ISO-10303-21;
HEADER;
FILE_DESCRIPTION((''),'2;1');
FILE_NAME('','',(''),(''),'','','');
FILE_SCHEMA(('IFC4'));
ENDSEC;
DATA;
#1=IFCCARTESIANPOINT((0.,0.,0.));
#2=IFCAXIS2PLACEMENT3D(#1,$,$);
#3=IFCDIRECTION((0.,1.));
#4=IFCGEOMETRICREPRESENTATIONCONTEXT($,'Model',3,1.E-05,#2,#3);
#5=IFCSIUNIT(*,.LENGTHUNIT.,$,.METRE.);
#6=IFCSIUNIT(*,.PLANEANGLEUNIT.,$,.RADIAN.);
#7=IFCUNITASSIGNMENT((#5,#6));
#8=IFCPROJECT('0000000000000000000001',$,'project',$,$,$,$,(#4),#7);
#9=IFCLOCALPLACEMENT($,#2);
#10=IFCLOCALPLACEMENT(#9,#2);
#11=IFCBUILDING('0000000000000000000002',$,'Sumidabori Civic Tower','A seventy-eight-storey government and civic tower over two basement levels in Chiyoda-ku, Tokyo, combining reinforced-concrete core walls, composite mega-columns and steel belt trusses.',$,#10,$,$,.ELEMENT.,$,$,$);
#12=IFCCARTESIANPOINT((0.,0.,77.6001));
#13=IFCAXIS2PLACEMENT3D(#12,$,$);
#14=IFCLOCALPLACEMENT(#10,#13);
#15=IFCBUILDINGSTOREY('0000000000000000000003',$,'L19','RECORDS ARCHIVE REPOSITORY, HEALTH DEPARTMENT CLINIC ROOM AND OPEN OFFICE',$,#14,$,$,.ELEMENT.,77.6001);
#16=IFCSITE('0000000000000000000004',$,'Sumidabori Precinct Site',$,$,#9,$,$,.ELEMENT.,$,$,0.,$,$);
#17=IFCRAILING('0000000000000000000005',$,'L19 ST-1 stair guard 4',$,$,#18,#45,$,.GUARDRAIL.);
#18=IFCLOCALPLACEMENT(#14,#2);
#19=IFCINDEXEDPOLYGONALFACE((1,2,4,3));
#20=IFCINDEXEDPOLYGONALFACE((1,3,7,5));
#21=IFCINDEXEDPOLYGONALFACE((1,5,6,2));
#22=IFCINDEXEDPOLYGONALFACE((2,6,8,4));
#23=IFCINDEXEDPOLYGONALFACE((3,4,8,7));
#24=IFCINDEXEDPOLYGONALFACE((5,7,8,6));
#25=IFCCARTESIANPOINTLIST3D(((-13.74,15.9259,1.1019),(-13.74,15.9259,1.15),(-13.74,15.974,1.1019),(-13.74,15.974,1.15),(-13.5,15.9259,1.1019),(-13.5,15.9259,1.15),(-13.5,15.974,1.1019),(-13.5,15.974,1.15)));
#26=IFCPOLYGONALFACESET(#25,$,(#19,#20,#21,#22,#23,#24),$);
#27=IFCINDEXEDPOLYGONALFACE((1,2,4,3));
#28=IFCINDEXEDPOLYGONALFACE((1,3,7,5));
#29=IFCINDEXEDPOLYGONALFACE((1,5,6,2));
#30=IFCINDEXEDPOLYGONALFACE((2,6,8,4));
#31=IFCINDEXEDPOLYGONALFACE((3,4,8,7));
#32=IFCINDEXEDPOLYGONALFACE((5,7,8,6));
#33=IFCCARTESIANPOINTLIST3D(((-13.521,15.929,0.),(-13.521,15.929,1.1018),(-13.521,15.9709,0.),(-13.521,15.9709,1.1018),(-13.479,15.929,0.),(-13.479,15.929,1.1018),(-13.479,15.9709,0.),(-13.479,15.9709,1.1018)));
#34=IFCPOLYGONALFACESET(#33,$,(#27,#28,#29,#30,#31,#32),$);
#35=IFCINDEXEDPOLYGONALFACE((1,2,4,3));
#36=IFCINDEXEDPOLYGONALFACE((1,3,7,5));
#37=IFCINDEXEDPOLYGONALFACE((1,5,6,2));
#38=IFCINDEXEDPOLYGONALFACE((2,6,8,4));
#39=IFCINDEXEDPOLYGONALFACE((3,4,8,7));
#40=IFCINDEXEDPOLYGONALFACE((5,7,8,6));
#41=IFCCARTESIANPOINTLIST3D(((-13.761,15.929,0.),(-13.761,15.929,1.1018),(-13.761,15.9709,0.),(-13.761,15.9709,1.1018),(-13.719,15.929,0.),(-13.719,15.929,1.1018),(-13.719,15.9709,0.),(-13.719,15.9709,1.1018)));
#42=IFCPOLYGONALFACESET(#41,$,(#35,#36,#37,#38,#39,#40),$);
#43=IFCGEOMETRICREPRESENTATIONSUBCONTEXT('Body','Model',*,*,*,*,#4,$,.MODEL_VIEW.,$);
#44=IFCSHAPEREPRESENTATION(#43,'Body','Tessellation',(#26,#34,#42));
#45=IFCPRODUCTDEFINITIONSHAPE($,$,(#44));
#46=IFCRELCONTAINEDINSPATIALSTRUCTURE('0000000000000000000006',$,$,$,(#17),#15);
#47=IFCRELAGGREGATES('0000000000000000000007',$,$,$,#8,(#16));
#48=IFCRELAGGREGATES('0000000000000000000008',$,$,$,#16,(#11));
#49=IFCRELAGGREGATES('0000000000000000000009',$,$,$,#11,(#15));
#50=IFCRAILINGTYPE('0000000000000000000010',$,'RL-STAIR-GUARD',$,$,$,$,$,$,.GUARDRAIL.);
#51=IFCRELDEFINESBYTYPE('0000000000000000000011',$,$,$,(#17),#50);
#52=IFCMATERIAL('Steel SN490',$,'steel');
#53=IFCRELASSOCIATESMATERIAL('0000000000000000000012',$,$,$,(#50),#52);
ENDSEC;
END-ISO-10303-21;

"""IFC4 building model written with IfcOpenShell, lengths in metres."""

from ifc_helpers import new_model, si_unit, direction, frame, origin, origin_2d, place, context, subcontext, project, spatial, rectangle, extrude, material, type_object, element, save


model = new_model("IFC4")

# Units and contexts
model_context = context("Model", 3, precision=1e-05, world=origin(), true_north=direction((0.0, 1.0)))
body_context = subcontext(model_context, "Body", "Model", "MODEL_VIEW")
ifc_project = project(units=[si_unit("LENGTHUNIT", "METRE"), si_unit("PLANEANGLEUNIT", "RADIAN")], contexts=[model_context])

# Site, building, storey
site_placement = place(None, origin())
site = spatial("IfcSite", under=ifc_project, at=site_placement, Name="Sumidabori Precinct Site", CompositionType="ELEMENT", RefElevation=0.0)
building_placement = place(site_placement, origin())
building = spatial("IfcBuilding", under=site, at=building_placement, Name="Sumidabori Civic Tower", Description="A seventy-eight-storey government and civic tower over two basement levels in Chiyoda-ku, Tokyo, combining reinforced-concrete core walls, composite mega-columns and steel belt trusses.", CompositionType="ELEMENT")
storey_placement = place(building_placement, frame((0.0, 0.0, 77.6001)))
storey = spatial("IfcBuildingStorey", under=building, at=storey_placement, Name="L19", Description="RECORDS ARCHIVE REPOSITORY, HEALTH DEPARTMENT CLINIC ROOM AND OPEN OFFICE", CompositionType="ELEMENT", Elevation=77.6001)

# Shared definitions
ifc_material_1 = material(Name="Steel SN490", Category="steel")

# Railing
railing_type = type_object("IfcRailingType", Name="RL-STAIR-GUARD", PredefinedType="GUARDRAIL", material=ifc_material_1)
railing_1_placement = place(storey_placement, frame((-13.5, 15.95, 0.0)))
element("IfcRailing", 1, at=railing_1_placement, inside=storey, type_object=railing_type, Name="L19 ST-1 stair guard 4", PredefinedType="GUARDRAIL", context=body_context, shape_type="SweptSolid", body=[
    extrude(rectangle(XDim=0.0481, YDim=0.0481, at=origin_2d()), frame((0.0, 0.0, 1.126), z_axis=(-1.0, 0.0, 0.0), x_axis=(0.0, -1.0, 0.0)), (0.0, 0.0, 1.0), 0.24),
    extrude(rectangle(XDim=0.042, YDim=0.042, at=origin_2d()), origin(), (0.0, 0.0, 1.0), 1.1018),
    extrude(rectangle(XDim=0.042, YDim=0.042, at=origin_2d()), frame((-0.24, 0.0, 0.0)), (0.0, 0.0, 1.0), 1.1018),
])

save(model, "model.ifc")
